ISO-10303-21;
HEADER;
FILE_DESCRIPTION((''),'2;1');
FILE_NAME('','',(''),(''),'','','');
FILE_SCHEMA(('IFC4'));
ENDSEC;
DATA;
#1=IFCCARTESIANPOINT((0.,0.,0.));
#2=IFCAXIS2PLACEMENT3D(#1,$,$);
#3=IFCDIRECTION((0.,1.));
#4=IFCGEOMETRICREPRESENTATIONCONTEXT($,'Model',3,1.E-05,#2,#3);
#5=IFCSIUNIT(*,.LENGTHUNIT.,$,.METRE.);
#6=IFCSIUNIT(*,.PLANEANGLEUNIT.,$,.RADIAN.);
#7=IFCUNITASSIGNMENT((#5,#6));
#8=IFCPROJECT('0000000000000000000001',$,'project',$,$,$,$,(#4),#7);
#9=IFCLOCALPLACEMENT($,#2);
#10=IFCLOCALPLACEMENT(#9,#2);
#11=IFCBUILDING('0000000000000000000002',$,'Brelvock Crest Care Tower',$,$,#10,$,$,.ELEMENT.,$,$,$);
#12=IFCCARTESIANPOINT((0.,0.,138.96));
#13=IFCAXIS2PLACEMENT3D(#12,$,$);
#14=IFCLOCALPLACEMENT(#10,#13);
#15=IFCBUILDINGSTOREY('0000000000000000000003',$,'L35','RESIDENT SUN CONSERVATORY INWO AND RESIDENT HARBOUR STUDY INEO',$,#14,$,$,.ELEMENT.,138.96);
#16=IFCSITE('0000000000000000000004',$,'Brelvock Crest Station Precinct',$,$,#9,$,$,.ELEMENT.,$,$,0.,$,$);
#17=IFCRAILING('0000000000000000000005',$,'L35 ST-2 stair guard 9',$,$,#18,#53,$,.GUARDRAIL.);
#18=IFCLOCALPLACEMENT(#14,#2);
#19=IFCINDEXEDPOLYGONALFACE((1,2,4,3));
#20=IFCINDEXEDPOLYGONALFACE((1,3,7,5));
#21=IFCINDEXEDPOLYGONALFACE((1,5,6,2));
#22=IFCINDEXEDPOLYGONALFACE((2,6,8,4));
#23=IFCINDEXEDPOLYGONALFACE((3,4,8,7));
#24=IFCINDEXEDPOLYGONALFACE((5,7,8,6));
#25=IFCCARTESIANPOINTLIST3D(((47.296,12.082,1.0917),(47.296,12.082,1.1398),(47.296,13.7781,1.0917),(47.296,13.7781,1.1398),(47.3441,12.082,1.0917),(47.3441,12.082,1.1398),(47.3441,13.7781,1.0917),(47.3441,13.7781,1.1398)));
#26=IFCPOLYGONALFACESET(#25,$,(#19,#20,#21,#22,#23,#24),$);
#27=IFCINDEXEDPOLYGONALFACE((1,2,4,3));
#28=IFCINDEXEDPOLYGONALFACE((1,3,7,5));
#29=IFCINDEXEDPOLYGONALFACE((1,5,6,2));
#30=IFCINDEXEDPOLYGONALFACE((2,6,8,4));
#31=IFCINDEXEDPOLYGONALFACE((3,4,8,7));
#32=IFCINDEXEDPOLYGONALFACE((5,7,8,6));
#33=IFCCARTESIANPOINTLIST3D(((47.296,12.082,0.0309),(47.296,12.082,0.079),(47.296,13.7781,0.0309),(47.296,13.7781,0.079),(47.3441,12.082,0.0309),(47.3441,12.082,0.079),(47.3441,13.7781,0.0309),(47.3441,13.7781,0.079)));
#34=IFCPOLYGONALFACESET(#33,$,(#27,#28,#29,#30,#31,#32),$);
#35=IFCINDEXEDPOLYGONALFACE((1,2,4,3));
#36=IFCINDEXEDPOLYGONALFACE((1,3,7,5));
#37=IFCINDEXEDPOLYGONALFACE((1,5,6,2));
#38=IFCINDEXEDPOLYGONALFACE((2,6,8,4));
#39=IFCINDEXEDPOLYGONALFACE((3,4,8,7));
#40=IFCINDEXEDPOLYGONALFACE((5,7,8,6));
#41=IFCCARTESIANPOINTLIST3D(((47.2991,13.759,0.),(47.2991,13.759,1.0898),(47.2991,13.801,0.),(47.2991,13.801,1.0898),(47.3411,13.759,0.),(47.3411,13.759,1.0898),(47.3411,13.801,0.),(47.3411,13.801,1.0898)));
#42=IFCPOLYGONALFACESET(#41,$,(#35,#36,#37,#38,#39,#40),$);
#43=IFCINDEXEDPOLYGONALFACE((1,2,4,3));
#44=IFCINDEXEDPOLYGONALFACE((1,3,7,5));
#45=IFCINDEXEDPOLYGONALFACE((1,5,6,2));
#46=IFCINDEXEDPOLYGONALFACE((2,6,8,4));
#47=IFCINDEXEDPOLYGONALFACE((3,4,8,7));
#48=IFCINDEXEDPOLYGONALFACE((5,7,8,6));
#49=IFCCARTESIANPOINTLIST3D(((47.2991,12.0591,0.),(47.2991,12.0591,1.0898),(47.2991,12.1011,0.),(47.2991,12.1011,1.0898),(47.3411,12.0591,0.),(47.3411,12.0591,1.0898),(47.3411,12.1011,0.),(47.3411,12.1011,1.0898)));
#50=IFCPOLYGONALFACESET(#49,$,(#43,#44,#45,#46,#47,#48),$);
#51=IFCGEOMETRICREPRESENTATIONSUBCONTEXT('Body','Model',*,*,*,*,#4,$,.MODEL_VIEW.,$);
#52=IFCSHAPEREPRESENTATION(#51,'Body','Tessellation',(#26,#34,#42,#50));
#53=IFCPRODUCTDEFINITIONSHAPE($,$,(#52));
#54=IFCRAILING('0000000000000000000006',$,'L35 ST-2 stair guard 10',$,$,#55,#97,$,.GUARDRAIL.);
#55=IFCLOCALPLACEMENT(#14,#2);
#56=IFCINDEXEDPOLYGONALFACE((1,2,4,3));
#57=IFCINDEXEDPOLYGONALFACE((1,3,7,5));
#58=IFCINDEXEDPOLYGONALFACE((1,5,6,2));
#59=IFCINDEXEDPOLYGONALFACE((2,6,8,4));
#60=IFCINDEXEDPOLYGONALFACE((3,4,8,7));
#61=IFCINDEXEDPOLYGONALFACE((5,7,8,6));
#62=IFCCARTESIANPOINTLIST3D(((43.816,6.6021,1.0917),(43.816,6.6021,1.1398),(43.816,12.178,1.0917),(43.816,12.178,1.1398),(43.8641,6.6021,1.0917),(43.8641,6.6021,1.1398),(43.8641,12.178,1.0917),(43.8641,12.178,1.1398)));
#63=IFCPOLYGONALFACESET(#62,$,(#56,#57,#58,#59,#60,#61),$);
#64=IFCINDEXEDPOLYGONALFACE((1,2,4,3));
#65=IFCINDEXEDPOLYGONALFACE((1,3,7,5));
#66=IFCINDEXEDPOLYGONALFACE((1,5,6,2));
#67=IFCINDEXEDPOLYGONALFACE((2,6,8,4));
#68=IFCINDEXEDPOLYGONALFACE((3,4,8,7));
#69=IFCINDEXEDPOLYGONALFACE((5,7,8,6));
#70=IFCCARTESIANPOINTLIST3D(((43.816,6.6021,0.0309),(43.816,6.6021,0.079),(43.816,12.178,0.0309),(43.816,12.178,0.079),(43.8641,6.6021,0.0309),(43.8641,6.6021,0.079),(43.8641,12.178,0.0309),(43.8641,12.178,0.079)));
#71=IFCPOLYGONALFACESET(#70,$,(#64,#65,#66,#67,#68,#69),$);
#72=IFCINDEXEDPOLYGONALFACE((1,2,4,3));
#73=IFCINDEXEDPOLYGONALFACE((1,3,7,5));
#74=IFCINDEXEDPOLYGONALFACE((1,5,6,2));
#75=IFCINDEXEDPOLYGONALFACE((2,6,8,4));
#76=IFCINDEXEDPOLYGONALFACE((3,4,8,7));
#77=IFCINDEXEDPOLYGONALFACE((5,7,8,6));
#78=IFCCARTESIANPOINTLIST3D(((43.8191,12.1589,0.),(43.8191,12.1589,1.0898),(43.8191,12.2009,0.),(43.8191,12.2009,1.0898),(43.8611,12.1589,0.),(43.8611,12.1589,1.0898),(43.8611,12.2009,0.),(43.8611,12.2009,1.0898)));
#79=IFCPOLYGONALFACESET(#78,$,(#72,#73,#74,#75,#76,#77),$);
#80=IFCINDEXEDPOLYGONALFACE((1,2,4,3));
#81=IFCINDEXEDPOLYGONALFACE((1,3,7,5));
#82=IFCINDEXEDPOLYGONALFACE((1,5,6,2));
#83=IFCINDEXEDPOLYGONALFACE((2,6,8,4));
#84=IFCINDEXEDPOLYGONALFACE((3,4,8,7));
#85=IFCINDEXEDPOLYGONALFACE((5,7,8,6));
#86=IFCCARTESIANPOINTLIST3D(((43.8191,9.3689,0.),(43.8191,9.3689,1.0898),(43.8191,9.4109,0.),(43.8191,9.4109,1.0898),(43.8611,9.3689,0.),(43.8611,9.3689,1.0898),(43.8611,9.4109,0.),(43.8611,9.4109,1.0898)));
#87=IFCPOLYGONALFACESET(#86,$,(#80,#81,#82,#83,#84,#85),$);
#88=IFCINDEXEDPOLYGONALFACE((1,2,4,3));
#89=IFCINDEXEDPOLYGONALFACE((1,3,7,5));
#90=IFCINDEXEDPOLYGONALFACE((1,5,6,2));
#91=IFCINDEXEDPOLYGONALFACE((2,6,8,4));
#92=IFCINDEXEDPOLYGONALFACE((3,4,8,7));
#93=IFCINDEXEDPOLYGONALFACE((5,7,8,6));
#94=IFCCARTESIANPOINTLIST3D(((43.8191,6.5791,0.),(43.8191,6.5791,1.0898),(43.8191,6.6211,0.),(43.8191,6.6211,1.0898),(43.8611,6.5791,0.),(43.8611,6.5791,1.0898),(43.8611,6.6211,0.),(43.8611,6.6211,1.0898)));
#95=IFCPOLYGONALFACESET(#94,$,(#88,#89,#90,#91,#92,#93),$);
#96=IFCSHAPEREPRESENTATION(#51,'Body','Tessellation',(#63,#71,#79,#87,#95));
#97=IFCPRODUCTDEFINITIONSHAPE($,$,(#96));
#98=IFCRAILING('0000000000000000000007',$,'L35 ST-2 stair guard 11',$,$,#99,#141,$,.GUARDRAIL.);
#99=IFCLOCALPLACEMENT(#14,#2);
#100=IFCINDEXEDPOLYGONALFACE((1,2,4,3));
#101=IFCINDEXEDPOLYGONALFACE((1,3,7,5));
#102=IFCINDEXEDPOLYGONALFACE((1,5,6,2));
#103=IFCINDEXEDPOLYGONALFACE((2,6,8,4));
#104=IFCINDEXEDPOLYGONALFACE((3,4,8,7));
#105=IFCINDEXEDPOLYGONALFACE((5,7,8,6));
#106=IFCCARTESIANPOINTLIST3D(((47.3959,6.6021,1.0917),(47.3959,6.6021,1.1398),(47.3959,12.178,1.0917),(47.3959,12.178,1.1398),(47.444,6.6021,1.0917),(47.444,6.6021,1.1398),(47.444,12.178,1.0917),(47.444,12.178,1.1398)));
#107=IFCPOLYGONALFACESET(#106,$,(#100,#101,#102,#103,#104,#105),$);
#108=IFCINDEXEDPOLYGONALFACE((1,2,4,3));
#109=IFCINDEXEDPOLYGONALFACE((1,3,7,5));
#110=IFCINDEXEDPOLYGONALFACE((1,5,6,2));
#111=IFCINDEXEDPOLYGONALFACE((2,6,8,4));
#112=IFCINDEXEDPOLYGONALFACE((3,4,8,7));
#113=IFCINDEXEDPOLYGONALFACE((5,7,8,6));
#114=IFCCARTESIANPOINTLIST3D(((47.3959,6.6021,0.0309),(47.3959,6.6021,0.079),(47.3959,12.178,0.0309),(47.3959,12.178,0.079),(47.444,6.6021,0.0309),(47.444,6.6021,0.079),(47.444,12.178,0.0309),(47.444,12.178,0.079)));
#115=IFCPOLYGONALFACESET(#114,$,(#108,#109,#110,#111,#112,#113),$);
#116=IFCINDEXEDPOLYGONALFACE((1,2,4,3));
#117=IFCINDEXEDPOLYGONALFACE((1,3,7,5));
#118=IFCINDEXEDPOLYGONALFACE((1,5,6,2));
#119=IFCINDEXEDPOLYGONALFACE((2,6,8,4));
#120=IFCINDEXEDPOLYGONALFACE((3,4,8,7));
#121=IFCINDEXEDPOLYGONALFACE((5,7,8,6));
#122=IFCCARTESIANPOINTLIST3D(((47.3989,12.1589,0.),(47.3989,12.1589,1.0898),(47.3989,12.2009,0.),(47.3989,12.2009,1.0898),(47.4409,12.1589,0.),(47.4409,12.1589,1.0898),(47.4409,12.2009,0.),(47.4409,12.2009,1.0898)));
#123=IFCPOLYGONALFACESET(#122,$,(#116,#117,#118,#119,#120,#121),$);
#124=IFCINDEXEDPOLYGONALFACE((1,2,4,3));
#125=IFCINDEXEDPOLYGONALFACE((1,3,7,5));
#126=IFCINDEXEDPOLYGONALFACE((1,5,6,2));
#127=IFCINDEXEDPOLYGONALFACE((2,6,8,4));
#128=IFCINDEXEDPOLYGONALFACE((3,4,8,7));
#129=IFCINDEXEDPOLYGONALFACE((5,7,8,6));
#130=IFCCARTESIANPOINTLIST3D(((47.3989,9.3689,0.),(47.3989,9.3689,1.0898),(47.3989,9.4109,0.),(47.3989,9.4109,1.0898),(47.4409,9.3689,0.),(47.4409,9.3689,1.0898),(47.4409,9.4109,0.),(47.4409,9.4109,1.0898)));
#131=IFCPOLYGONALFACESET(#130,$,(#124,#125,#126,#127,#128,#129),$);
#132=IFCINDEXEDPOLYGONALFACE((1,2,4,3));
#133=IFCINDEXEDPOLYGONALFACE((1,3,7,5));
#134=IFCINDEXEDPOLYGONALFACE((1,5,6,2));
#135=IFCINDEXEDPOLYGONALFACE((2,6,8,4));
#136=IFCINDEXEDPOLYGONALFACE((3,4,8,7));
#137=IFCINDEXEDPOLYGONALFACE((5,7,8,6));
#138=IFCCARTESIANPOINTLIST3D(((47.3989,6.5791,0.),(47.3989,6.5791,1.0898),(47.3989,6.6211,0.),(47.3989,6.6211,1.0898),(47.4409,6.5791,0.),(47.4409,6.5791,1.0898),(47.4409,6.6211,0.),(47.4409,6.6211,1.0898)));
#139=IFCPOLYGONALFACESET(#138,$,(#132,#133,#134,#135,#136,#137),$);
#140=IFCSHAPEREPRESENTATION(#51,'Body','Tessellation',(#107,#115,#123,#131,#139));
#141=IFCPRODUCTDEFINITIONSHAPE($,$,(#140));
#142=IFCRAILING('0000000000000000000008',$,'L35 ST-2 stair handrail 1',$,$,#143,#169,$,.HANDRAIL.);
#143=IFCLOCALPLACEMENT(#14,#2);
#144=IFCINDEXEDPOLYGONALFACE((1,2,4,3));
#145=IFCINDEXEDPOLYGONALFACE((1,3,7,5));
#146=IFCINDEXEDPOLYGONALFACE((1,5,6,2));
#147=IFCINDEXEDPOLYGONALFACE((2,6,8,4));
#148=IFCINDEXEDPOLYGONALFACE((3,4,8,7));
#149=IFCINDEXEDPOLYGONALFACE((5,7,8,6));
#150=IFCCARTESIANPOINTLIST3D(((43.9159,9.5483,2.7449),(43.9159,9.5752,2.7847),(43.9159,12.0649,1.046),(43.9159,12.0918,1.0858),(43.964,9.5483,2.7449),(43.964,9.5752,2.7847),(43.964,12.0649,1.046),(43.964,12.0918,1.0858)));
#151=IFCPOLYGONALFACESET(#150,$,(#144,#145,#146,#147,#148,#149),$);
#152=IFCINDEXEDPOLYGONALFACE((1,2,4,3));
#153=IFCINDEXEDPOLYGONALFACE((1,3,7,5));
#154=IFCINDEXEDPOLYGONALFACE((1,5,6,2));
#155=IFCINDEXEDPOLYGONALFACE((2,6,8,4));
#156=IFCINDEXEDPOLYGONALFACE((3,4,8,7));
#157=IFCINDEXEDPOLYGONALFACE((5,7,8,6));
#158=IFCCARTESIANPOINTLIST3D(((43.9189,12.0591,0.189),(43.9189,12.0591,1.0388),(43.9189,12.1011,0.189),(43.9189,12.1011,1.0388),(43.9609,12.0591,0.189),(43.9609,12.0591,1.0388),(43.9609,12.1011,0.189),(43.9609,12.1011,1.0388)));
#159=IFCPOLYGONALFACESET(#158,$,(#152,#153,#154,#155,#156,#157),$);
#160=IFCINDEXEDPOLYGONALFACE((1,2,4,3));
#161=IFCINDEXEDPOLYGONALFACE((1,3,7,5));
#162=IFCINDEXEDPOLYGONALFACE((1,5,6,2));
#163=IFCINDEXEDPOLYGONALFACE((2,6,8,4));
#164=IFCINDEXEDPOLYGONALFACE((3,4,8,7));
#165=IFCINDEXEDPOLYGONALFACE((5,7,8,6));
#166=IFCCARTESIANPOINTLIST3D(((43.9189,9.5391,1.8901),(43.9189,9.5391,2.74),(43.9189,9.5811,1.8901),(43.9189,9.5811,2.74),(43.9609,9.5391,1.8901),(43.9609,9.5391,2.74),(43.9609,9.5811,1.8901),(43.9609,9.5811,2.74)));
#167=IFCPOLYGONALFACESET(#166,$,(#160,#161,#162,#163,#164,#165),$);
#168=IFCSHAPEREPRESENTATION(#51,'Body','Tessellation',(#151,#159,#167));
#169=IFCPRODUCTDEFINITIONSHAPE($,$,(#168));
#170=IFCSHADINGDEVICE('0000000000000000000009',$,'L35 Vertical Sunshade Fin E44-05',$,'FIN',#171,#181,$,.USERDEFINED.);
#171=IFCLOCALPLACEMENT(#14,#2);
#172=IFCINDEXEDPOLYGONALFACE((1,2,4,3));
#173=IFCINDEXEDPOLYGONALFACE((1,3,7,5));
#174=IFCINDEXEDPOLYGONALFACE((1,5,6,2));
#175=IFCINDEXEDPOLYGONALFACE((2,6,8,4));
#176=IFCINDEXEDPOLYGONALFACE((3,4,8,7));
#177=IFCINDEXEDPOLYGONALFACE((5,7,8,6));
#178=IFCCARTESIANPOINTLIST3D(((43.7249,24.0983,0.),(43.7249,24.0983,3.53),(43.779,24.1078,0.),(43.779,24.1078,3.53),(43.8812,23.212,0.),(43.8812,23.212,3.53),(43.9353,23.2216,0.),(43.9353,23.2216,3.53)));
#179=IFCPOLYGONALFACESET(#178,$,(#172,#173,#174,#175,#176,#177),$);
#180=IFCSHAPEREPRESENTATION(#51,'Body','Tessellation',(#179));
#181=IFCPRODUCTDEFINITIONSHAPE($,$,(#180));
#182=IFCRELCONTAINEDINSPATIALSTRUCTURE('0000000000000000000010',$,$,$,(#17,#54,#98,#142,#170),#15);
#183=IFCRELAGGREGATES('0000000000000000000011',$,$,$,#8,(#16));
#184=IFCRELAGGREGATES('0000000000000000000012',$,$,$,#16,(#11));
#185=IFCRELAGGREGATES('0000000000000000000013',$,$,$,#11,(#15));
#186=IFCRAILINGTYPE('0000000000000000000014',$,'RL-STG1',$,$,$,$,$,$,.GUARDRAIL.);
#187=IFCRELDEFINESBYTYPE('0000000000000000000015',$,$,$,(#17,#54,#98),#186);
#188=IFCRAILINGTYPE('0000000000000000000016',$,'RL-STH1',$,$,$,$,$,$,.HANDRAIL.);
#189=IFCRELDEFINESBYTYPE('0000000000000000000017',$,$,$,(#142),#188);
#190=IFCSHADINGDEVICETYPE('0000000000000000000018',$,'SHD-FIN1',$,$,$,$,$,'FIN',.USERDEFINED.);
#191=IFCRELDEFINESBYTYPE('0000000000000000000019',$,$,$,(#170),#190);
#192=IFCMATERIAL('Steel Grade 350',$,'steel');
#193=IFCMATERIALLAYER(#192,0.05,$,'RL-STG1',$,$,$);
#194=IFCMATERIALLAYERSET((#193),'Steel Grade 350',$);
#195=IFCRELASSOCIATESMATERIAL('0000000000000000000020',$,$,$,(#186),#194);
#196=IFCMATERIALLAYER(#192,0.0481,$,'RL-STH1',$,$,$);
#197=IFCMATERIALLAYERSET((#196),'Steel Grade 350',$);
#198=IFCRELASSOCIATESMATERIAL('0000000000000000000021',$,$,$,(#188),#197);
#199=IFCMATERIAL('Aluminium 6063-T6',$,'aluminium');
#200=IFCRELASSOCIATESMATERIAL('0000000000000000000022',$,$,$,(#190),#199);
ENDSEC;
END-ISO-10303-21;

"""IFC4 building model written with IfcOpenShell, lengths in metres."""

from ifc_helpers import new_model, si_unit, direction, frame, origin, origin_2d, place, context, subcontext, project, spatial, rectangle, extrude, source, transform, mapped, material, layer, layer_set, material_profile, profile_set, type_object, element, save


model = new_model("IFC4")

# Units and contexts
model_context = context("Model", 3, precision=1e-05, world=origin(), true_north=direction((0.0, 1.0)))
body_context = subcontext(model_context, "Body", "Model", "MODEL_VIEW")
ifc_project = project(units=[si_unit("LENGTHUNIT", "METRE"), si_unit("PLANEANGLEUNIT", "RADIAN")], contexts=[model_context])

# Site, building, storey
site_placement = place(None, origin())
site = spatial("IfcSite", under=ifc_project, at=site_placement, Name="Brelvock Crest Station Precinct", CompositionType="ELEMENT", RefElevation=0.0)
building_placement = place(site_placement, origin())
building = spatial("IfcBuilding", under=site, at=building_placement, Name="Brelvock Crest Care Tower", CompositionType="ELEMENT")
storey_placement = place(building_placement, frame((0.0, 0.0, 138.96)))
storey = spatial("IfcBuildingStorey", under=building, at=storey_placement, Name="L35", Description="RESIDENT SUN CONSERVATORY INWO AND RESIDENT HARBOUR STUDY INEO", CompositionType="ELEMENT", Elevation=138.96)

# Shared definitions
ifc_material_1 = material(Name="Steel Grade 350", Category="steel")

# Railings
ifc_layer_1 = layer(ifc_material_1, 0.05, Name="RL-STG1")
ifc_layer_set_1 = layer_set([ifc_layer_1], Name="Steel Grade 350")
railing_type_1 = type_object("IfcRailingType", Name="RL-STG1", PredefinedType="GUARDRAIL", material=ifc_layer_set_1)
for number, where, name in (
    (1, (47.3201, 13.78, 0.0), "L35 ST-2 stair guard 9"),
):
    element("IfcRailing", number, at=place(storey_placement, frame(where)), inside=storey, type_object=railing_type_1, Name=name, PredefinedType="GUARDRAIL", context=body_context, shape_type="SweptSolid", body=[
        extrude(rectangle(XDim=0.0481, YDim=0.0481, at=origin_2d()), frame((0.0, -0.002, 1.1157), z_axis=(0.0, -1.0, 0.0), x_axis=(1.0, 0.0, 0.0)), (0.0, 0.0, 1.0), 1.696),
        extrude(rectangle(XDim=0.0481, YDim=0.0481, at=origin_2d()), frame((0.0, -0.002, 0.0549), z_axis=(0.0, -1.0, 0.0), x_axis=(1.0, 0.0, 0.0)), (0.0, 0.0, 1.0), 1.696),
        extrude(rectangle(XDim=0.042, YDim=0.042, at=origin_2d()), origin(), (0.0, 0.0, 1.0), 1.0898),
        extrude(rectangle(XDim=0.042, YDim=0.042, at=origin_2d()), frame((0.0, -1.7, 0.0)), (0.0, 0.0, 1.0), 1.0898),
    ])
for number, where, name in (
    (2, (43.8401, 12.1799, 0.0), "L35 ST-2 stair guard 10"),
    (3, (47.4199, 12.1799, 0.0), "L35 ST-2 stair guard 11"),
):
    element("IfcRailing", number, at=place(storey_placement, frame(where)), inside=storey, type_object=railing_type_1, Name=name, PredefinedType="GUARDRAIL", context=body_context, shape_type="SweptSolid", body=[
        extrude(rectangle(XDim=0.0481, YDim=0.0481, at=origin_2d()), frame((0.0, -0.002, 1.1157), z_axis=(0.0, -1.0, 0.0), x_axis=(1.0, 0.0, 0.0)), (0.0, 0.0, 1.0), 5.5759),
        extrude(rectangle(XDim=0.0481, YDim=0.0481, at=origin_2d()), frame((0.0, -0.002, 0.0549), z_axis=(0.0, -1.0, 0.0), x_axis=(1.0, 0.0, 0.0)), (0.0, 0.0, 1.0), 5.5759),
        extrude(rectangle(XDim=0.042, YDim=0.042, at=origin_2d()), origin(), (0.0, 0.0, 1.0), 1.0898),
        extrude(rectangle(XDim=0.042, YDim=0.042, at=origin_2d()), frame((0.0, -2.79, 0.0)), (0.0, 0.0, 1.0), 1.0898),
        extrude(rectangle(XDim=0.042, YDim=0.042, at=origin_2d()), frame((0.0, -5.5798, 0.0)), (0.0, 0.0, 1.0), 1.0898),
    ])
ifc_layer_2 = layer(ifc_material_1, 0.0481, Name="RL-STH1")
ifc_layer_set_2 = layer_set([ifc_layer_2], Name="Steel Grade 350")
railing_type_2 = type_object("IfcRailingType", Name="RL-STH1", PredefinedType="HANDRAIL", material=ifc_layer_set_2)
railing_1_placement = place(storey_placement, frame((43.9399, 12.0801, 0.189)))
element("IfcRailing", 4, at=railing_1_placement, inside=storey, type_object=railing_type_2, Name="L35 ST-2 stair handrail 1", PredefinedType="HANDRAIL", context=body_context, shape_type="SweptSolid", body=[
    extrude(rectangle(XDim=0.0481, YDim=0.0481, at=origin_2d()), frame((0.0, -0.0017, 0.877), z_axis=(0.0, -0.828824, 0.559509), x_axis=(1.0, 0.0, 0.0)), (0.0, 0.0, 1.0), 3.0364),
    extrude(rectangle(XDim=0.042, YDim=0.042, at=origin_2d()), origin(), (0.0, 0.0, 1.0), 0.8499),
    extrude(rectangle(XDim=0.042, YDim=0.042, at=origin_2d()), frame((0.0, -2.52, 1.7012)), (0.0, 0.0, 1.0), 0.8499),
])

# Shading device
ifc_material_2 = material(Name="Aluminium 6063-T6", Category="aluminium")
ifc_material_profile_1 = material_profile(ifc_material_2, rectangle(XDim=0.0549, YDim=0.8999, at=origin_2d()), Name="FIN55x900")
ifc_profile_set_1 = profile_set([ifc_material_profile_1], Name="Aluminium 6063-T6")
shading_device_type = type_object("IfcShadingDeviceType", Name="SHD-FIN1", ElementType="FIN", PredefinedType="USERDEFINED", material=ifc_profile_set_1)
shared_shape_1 = source(origin(), body_context, "Body", "SweptSolid", [
    extrude(rectangle(XDim=0.0549, YDim=0.8999, at=origin_2d()), origin(), (0.0, 0.0, 1.0), 3.53),
])
shading_device_placement = place(storey_placement, frame((43.8301, 23.6599, 0.0), z_axis=(0.0, 0.0, 1.0), x_axis=(-0.984808, -0.173648, 0.0)))
element("IfcShadingDevice", 5, at=shading_device_placement, inside=storey, type_object=shading_device_type, Name="L35 Vertical Sunshade Fin E44-05", ObjectType="FIN", PredefinedType="USERDEFINED", context=body_context, shape_type="MappedRepresentation", body=[
    mapped(shared_shape_1, transform((0.0, 0.0, 0.0), x_axis=(1.0, 0.0, 0.0), y_axis=(0.0, 1.0, 0.0), z_axis=(0.0, 0.0, 1.0), scale=1.0)),
])

save(model, "model.ifc")
